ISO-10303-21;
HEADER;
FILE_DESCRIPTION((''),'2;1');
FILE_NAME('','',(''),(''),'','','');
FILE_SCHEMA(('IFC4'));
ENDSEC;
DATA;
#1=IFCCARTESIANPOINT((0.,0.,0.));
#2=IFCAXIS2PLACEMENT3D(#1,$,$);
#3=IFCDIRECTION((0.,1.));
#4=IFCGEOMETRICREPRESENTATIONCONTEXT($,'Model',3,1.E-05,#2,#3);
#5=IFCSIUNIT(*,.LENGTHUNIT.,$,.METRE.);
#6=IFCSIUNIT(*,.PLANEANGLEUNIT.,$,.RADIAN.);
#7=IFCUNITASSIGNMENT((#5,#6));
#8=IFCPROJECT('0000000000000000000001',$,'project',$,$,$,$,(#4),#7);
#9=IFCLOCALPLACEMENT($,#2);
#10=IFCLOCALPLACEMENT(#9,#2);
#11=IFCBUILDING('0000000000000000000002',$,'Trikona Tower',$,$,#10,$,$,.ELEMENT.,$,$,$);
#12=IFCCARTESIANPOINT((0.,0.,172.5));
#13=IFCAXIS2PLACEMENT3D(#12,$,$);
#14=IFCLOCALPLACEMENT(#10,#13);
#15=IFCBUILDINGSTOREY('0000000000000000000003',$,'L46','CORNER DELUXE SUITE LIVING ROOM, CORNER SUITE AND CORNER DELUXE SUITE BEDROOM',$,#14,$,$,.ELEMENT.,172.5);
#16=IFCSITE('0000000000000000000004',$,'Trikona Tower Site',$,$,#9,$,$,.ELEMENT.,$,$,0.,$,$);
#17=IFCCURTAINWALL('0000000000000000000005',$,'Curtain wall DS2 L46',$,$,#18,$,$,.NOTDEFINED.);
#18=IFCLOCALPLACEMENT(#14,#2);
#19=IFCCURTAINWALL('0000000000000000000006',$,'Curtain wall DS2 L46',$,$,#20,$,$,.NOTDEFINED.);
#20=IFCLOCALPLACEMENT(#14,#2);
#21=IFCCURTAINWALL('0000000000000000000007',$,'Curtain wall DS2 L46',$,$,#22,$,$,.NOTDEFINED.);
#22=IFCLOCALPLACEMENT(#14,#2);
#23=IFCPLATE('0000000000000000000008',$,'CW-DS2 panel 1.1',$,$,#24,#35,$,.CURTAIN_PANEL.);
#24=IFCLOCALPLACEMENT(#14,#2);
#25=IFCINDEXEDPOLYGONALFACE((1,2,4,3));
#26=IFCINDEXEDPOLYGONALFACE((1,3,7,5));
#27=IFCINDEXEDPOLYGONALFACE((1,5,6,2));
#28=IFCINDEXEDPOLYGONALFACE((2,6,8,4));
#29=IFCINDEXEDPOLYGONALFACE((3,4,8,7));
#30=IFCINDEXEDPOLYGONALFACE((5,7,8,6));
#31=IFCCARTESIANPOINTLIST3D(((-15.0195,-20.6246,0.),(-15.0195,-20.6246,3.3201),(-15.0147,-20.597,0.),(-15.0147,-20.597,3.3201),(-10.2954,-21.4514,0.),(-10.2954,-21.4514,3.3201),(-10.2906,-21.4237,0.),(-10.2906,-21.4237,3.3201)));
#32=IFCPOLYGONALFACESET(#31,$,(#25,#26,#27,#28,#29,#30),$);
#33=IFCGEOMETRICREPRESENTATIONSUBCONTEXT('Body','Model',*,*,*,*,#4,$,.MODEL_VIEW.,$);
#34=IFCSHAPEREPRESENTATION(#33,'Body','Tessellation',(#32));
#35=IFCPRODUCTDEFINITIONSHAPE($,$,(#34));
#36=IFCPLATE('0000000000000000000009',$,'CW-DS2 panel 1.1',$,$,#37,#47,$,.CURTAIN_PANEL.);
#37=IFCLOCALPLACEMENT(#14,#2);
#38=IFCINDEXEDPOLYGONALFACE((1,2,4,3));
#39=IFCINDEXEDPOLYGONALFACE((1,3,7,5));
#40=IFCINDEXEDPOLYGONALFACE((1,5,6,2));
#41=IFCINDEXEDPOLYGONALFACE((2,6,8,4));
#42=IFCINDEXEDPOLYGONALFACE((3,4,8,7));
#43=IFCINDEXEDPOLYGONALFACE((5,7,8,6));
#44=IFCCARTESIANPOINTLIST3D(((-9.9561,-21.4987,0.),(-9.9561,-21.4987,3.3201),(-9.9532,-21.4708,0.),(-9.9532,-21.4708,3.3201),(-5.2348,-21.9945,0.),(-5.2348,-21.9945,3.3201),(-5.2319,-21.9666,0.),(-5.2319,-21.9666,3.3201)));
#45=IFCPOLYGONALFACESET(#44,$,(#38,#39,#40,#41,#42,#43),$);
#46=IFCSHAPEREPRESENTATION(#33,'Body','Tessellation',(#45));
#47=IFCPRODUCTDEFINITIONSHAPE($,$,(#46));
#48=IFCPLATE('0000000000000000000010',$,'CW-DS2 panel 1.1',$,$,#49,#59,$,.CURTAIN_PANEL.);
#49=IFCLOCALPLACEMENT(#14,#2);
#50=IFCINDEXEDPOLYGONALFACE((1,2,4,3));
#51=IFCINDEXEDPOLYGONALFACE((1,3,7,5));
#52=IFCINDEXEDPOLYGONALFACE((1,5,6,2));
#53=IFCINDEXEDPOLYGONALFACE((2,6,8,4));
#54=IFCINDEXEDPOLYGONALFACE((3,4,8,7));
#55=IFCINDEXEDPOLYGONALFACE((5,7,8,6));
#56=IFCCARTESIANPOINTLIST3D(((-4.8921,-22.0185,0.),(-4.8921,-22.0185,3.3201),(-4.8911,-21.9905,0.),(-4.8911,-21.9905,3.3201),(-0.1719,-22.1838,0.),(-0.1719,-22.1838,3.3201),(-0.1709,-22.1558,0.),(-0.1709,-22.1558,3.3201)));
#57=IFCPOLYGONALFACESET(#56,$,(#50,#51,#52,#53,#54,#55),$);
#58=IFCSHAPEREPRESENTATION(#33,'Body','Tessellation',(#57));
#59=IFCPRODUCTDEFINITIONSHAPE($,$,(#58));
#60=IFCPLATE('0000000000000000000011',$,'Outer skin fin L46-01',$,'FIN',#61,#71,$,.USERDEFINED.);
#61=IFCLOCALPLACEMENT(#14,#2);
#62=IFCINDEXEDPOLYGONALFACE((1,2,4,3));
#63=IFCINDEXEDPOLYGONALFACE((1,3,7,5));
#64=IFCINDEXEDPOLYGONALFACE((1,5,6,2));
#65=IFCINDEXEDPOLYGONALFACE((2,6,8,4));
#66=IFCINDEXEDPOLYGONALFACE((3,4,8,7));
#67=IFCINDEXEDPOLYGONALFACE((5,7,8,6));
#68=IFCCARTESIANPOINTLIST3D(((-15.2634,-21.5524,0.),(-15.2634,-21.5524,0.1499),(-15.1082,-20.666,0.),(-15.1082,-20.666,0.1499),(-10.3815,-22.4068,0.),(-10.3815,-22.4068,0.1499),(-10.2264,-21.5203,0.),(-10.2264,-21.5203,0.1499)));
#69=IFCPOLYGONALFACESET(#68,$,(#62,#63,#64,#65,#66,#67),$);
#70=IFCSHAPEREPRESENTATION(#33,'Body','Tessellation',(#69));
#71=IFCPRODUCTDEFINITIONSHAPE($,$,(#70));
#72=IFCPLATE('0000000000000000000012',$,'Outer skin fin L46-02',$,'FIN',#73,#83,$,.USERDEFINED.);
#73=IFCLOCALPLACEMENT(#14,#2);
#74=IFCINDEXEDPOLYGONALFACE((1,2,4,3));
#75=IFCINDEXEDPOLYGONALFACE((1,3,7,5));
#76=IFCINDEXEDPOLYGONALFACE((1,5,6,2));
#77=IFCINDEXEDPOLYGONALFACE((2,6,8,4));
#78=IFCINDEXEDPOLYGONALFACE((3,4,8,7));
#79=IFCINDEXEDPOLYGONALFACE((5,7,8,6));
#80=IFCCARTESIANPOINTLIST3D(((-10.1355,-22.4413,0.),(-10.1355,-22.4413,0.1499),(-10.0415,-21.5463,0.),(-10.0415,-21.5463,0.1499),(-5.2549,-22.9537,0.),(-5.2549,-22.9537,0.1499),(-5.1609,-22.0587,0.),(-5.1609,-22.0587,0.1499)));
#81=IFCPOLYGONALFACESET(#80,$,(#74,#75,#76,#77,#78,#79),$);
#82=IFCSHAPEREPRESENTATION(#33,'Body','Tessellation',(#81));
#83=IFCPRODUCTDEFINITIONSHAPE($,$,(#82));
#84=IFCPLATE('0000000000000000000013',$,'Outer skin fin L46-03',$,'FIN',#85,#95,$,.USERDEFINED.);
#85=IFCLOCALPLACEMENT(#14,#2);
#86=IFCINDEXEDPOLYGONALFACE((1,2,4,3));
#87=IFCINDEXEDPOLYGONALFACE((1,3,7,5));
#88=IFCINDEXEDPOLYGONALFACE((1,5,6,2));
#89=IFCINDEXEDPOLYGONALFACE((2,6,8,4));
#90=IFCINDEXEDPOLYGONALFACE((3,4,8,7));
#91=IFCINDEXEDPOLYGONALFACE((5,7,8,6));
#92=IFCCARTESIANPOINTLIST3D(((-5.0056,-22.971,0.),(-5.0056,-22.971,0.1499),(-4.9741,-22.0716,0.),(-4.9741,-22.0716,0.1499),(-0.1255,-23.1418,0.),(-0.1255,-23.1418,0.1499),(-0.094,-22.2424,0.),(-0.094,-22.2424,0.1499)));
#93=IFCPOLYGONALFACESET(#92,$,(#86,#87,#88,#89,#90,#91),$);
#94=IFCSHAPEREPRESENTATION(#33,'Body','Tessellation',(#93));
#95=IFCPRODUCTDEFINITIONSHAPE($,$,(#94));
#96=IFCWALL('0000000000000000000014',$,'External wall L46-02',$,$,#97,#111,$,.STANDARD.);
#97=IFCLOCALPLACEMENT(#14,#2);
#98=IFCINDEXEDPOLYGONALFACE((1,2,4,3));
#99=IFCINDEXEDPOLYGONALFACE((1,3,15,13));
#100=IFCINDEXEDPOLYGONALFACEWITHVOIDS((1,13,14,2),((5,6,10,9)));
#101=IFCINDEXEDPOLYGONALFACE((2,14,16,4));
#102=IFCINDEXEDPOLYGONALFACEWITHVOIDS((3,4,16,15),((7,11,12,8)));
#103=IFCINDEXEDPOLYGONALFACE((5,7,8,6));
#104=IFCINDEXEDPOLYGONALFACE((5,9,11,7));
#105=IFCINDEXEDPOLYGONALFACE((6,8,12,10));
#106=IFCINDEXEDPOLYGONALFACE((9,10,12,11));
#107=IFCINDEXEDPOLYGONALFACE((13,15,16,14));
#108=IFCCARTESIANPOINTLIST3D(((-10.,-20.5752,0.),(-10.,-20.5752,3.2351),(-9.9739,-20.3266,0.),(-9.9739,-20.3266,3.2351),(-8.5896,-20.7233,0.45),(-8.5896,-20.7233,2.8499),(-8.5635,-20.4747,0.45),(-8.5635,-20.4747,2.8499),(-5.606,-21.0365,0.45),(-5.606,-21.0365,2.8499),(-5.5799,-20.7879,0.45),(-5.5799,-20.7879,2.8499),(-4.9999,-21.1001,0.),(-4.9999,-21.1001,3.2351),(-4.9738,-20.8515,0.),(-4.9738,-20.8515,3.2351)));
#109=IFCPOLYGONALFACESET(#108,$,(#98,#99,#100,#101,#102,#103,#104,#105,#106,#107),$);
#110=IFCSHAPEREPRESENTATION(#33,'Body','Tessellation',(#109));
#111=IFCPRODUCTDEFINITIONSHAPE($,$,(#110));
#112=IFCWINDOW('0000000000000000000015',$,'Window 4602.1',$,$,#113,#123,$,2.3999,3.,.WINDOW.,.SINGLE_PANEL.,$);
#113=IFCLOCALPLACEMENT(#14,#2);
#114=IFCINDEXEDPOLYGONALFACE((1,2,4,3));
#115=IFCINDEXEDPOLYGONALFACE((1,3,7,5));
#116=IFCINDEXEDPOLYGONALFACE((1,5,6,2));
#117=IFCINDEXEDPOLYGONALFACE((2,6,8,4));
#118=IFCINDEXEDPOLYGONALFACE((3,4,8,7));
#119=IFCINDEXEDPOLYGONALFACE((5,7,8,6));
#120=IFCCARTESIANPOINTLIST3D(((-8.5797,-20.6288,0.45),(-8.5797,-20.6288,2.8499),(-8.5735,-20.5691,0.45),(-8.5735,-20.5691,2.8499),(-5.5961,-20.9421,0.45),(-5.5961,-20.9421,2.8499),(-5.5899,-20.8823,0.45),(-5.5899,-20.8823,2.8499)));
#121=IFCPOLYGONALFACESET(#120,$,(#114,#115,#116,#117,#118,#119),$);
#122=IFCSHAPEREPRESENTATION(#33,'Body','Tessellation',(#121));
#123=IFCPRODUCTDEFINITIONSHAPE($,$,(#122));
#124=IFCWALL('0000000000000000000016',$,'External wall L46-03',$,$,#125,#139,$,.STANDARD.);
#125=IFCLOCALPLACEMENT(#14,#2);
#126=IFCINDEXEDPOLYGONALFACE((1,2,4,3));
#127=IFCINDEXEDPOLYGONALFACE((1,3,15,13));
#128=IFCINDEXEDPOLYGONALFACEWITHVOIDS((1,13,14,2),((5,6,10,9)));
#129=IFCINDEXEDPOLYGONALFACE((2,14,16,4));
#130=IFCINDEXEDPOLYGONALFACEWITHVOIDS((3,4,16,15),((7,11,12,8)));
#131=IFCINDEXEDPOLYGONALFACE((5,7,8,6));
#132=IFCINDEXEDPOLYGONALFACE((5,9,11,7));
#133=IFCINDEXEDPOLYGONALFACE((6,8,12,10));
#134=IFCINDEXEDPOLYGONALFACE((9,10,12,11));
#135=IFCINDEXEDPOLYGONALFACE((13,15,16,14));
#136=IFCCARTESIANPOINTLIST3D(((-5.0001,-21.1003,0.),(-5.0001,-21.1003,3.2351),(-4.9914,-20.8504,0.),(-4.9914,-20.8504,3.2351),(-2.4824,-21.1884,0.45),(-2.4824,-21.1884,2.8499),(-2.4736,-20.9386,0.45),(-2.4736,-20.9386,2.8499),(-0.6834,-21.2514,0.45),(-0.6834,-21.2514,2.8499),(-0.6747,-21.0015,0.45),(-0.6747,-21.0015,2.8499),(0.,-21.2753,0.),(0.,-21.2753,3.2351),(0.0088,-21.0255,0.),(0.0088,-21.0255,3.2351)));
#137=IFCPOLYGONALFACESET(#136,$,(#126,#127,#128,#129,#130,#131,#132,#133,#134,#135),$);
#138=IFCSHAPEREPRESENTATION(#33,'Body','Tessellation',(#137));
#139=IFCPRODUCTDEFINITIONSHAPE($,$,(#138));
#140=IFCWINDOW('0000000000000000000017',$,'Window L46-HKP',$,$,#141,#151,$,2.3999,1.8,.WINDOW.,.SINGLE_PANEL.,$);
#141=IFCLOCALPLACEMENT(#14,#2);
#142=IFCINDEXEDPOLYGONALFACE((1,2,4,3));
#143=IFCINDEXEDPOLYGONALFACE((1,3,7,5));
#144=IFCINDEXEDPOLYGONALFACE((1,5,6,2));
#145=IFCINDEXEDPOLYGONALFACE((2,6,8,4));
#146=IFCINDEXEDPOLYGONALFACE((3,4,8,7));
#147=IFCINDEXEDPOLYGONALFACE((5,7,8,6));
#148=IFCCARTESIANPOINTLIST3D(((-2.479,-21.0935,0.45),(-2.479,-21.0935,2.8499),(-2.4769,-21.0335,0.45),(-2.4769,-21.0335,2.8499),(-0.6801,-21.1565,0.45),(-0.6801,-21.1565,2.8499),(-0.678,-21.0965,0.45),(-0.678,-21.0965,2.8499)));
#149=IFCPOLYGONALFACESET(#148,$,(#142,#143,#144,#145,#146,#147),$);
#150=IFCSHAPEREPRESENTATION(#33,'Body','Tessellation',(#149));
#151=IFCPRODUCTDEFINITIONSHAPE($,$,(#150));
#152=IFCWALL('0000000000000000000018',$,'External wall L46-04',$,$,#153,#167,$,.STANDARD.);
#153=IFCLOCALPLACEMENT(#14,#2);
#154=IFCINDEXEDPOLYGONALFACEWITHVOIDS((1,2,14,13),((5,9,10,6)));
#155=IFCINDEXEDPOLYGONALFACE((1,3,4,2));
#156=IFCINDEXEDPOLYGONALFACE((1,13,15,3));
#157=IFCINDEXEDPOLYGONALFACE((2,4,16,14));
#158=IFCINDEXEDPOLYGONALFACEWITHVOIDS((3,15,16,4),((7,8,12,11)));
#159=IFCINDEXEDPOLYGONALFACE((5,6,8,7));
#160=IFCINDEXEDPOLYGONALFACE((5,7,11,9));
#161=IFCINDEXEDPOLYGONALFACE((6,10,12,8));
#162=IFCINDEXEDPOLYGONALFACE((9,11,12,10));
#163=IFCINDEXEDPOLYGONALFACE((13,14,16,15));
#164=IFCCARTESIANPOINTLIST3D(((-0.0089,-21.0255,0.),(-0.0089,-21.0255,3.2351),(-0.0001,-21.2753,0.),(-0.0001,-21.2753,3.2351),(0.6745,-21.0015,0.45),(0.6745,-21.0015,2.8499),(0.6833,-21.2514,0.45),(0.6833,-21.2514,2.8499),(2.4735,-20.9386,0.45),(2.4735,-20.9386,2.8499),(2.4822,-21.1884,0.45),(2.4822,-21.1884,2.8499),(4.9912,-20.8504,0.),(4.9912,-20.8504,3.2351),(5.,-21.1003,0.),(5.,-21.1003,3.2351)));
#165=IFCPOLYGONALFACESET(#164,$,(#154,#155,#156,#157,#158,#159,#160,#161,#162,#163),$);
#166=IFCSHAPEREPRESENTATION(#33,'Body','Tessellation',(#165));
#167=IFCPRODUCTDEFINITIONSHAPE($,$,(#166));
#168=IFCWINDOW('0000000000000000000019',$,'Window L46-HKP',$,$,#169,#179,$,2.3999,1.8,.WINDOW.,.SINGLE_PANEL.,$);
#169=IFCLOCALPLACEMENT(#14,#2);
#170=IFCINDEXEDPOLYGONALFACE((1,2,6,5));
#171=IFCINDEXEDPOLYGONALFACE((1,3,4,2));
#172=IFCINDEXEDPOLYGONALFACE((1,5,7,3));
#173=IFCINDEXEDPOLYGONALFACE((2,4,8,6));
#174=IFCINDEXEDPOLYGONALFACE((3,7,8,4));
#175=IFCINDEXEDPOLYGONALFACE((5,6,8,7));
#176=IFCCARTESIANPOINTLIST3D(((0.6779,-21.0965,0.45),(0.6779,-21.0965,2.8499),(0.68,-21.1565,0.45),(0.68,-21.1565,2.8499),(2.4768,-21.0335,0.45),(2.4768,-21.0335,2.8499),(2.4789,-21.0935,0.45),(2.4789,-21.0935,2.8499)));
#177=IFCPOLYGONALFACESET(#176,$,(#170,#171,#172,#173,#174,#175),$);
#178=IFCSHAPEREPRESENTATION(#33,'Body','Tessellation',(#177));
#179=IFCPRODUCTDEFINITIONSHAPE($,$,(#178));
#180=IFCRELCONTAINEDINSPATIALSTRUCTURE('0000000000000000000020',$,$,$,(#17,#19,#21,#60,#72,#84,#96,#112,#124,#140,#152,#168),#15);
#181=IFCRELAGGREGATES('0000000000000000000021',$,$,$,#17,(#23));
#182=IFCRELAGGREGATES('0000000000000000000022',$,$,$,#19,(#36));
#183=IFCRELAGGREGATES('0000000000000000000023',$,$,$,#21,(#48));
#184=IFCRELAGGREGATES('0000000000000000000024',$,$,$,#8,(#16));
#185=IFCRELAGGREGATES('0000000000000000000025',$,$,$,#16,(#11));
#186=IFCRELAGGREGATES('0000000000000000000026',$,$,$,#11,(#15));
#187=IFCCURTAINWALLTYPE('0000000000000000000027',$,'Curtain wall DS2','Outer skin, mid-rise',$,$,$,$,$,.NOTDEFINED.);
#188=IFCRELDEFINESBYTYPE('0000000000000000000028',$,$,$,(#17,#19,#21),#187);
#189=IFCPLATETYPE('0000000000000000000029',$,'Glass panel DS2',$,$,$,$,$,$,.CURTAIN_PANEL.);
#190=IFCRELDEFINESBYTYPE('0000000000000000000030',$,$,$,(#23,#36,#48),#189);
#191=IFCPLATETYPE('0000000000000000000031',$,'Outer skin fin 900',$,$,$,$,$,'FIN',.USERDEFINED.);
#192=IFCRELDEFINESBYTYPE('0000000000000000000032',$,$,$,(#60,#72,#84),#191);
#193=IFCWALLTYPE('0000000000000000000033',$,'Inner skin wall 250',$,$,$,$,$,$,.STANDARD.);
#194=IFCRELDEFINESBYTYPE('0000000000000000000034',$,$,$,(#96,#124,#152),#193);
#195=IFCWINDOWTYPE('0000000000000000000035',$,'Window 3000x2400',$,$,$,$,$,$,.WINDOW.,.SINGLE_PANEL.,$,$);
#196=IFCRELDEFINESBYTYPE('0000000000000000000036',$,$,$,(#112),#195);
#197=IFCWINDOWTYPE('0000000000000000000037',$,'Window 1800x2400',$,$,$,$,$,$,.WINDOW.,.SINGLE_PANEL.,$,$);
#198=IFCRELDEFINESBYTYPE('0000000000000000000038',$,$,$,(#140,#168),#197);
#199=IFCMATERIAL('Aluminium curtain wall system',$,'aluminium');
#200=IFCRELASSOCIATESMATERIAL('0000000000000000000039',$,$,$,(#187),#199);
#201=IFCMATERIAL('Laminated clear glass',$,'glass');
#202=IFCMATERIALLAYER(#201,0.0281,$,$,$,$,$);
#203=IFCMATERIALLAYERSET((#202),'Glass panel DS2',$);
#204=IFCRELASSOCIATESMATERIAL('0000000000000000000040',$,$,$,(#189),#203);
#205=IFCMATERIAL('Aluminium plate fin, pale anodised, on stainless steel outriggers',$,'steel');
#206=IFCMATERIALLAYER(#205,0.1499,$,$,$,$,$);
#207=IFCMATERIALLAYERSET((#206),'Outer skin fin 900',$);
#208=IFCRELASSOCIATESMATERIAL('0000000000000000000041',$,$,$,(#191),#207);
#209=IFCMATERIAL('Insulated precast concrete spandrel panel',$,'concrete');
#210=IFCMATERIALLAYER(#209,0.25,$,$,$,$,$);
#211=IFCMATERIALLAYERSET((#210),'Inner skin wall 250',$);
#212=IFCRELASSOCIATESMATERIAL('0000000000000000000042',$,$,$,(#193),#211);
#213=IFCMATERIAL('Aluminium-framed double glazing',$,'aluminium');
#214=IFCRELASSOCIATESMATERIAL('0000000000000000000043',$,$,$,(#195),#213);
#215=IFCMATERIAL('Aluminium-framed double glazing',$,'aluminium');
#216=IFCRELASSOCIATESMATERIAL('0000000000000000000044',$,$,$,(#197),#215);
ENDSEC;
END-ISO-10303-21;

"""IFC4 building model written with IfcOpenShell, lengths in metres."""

from ifc_helpers import new_model, si_unit, direction, frame, frame_2d, origin, origin_2d, place, context, subcontext, project, spatial, rectangle, extrude, material, layer, layer_set, type_object, element, fill, aggregate, save


model = new_model("IFC4")

# Units and contexts
model_context = context("Model", 3, precision=1e-05, world=origin(), true_north=direction((0.0, 1.0)))
body_context = subcontext(model_context, "Body", "Model", "MODEL_VIEW")
ifc_project = project(units=[si_unit("LENGTHUNIT", "METRE"), si_unit("PLANEANGLEUNIT", "RADIAN")], contexts=[model_context])

# Site, building, storey
site_placement = place(None, origin())
site = spatial("IfcSite", under=ifc_project, at=site_placement, Name="Trikona Tower Site", CompositionType="ELEMENT", RefElevation=0.0)
building_placement = place(site_placement, origin())
building = spatial("IfcBuilding", under=site, at=building_placement, Name="Trikona Tower", CompositionType="ELEMENT")
storey_placement = place(building_placement, frame((0.0, 0.0, 172.5)))
storey = spatial("IfcBuildingStorey", under=building, at=storey_placement, Name="L46", Description="CORNER DELUXE SUITE LIVING ROOM, CORNER SUITE AND CORNER DELUXE SUITE BEDROOM", CompositionType="ELEMENT", Elevation=172.5)

# Curtain wall
ifc_material_1 = material(Name="Aluminium curtain wall system", Category="aluminium")
curtain_wall_type = type_object("IfcCurtainWallType", Name="Curtain wall DS2", Description="Outer skin, mid-rise", PredefinedType="NOTDEFINED", material=ifc_material_1)
curtain_wall_1_placement = place(storey_placement, origin())
curtain_wall_1 = element("IfcCurtainWall", 1, at=curtain_wall_1_placement, inside=storey, type_object=curtain_wall_type, Name="Curtain wall DS2 L46", PredefinedType="NOTDEFINED")

# Curtain walls
curtain_wall_2_placement = place(storey_placement, origin())
curtain_wall_2 = element("IfcCurtainWall", 2, at=curtain_wall_2_placement, inside=storey, type_object=curtain_wall_type, Name="Curtain wall DS2 L46", PredefinedType="NOTDEFINED")
curtain_wall_3_placement = place(storey_placement, origin())
curtain_wall_3 = element("IfcCurtainWall", 3, at=curtain_wall_3_placement, inside=storey, type_object=curtain_wall_type, Name="Curtain wall DS2 L46", PredefinedType="NOTDEFINED")

# Plates
ifc_material_2 = material(Name="Laminated clear glass", Category="glass")
ifc_layer_1 = layer(ifc_material_2, 0.0281)
ifc_layer_set_1 = layer_set([ifc_layer_1], Name="Glass panel DS2")
plate_type_1 = type_object("IfcPlateType", Name="Glass panel DS2", PredefinedType="CURTAIN_PANEL", material=ifc_layer_set_1)
plate_1_placement = place(storey_placement, frame((-12.655, -21.0242, 0.0), z_axis=(0.0, 0.0, 1.0), x_axis=(0.985031, -0.172377, 0.0)))
plate_1 = element("IfcPlate", 4, at=plate_1_placement, type_object=plate_type_1, Name="CW-DS2 panel 1.1", PredefinedType="CURTAIN_PANEL", context=body_context, shape_type="SweptSolid", body=[
    extrude(rectangle(XDim=4.7959, YDim=0.0281, at=origin_2d()), origin(), (0.0, 0.0, 1.0), 3.3201),
])
aggregate(curtain_wall_1, [plate_1])
plate_2_placement = place(storey_placement, frame((-7.594, -21.7327, 0.0), z_axis=(0.0, 0.0, 1.0), x_axis=(0.994532, -0.104433, 0.0)))
plate_2 = element("IfcPlate", 5, at=plate_2_placement, type_object=plate_type_1, Name="CW-DS2 panel 1.1", PredefinedType="CURTAIN_PANEL", context=body_context, shape_type="SweptSolid", body=[
    extrude(rectangle(XDim=4.7473, YDim=0.0281, at=origin_2d()), origin(), (0.0, 0.0, 1.0), 3.3201),
])
aggregate(curtain_wall_2, [plate_2])
plate_3_placement = place(storey_placement, frame((-2.5315, -22.0872, 0.0), z_axis=(0.0, 0.0, 1.0), x_axis=(0.999387, -0.034998, 0.0)))
plate_3 = element("IfcPlate", 6, at=plate_3_placement, type_object=plate_type_1, Name="CW-DS2 panel 1.1", PredefinedType="CURTAIN_PANEL", context=body_context, shape_type="SweptSolid", body=[
    extrude(rectangle(XDim=4.7231, YDim=0.0281, at=origin_2d()), origin(), (0.0, 0.0, 1.0), 3.3201),
])
aggregate(curtain_wall_3, [plate_3])

# Plates
ifc_material_3 = material(Name="Aluminium plate fin, pale anodised, on stainless steel outriggers", Category="steel")
ifc_layer_2 = layer(ifc_material_3, 0.1499)
ifc_layer_set_2 = layer_set([ifc_layer_2], Name="Outer skin fin 900")
plate_type_2 = type_object("IfcPlateType", Name="Outer skin fin 900", ElementType="FIN", PredefinedType="USERDEFINED", material=ifc_layer_set_2)
plate_4_placement = place(storey_placement, frame((-12.7449, -21.5364, 0.0), z_axis=(0.0, 0.0, 1.0), x_axis=(0.985031, -0.17238, 0.0)))
element("IfcPlate", 7, at=plate_4_placement, inside=storey, type_object=plate_type_2, Name="Outer skin fin L46-01", ObjectType="FIN", PredefinedType="USERDEFINED", context=body_context, shape_type="SweptSolid", body=[
    extrude(rectangle(XDim=4.9561, YDim=0.8999, at=origin_2d()), origin(), (0.0, 0.0, 1.0), 0.1499),
])
plate_5_placement = place(storey_placement, frame((-7.6482, -22.25, 0.0), z_axis=(0.0, 0.0, 1.0), x_axis=(0.994533, -0.104426, 0.0)))
element("IfcPlate", 8, at=plate_5_placement, inside=storey, type_object=plate_type_2, Name="Outer skin fin L46-02", ObjectType="FIN", PredefinedType="USERDEFINED", context=body_context, shape_type="SweptSolid", body=[
    extrude(rectangle(XDim=4.9075, YDim=0.8999, at=origin_2d()), origin(), (0.0, 0.0, 1.0), 0.1499),
])
plate_6_placement = place(storey_placement, frame((-2.5498, -22.6067, 0.0), z_axis=(0.0, 0.0, 1.0), x_axis=(0.999388, -0.034978, 0.0)))
element("IfcPlate", 9, at=plate_6_placement, inside=storey, type_object=plate_type_2, Name="Outer skin fin L46-03", ObjectType="FIN", PredefinedType="USERDEFINED", context=body_context, shape_type="SweptSolid", body=[
    extrude(rectangle(XDim=4.8831, YDim=0.8999, at=origin_2d()), origin(), (0.0, 0.0, 1.0), 0.1499),
])

# Walls, openings, windows
ifc_material_4 = material(Name="Insulated precast concrete spandrel panel", Category="concrete")
ifc_layer_3 = layer(ifc_material_4, 0.25)
ifc_layer_set_3 = layer_set([ifc_layer_3], Name="Inner skin wall 250")
wall_type = type_object("IfcWallType", Name="Inner skin wall 250", PredefinedType="STANDARD", material=ifc_layer_set_3)
wall_1_placement = place(storey_placement, frame((-9.9868, -20.4509, 0.0), z_axis=(0.0, 0.0, 1.0), x_axis=(0.994535, -0.104407, 0.0)))
wall_1 = element("IfcWall", 10, at=wall_1_placement, inside=storey, type_object=wall_type, Name="External wall L46-02", PredefinedType="STANDARD", context=body_context, shape_type="SweptSolid", body=[
    extrude(rectangle(XDim=5.0276, YDim=0.25, at=frame_2d((2.5137, 0.0))), origin(), (0.0, 0.0, 1.0), 3.2351),
])
opening_1_placement = place(wall_1_placement, frame((1.418, 0.0, 0.45)))
opening_1 = element("IfcOpeningElement", 11, at=opening_1_placement, cuts=wall_1, PredefinedType="OPENING", context=body_context, shape_type="SweptSolid", body=[
    extrude(rectangle(XDim=3.0, YDim=2.3999, at=frame_2d((1.5, 1.2))), frame((0.0, 0.135, 0.0), z_axis=(0.0, -1.0, 0.0), x_axis=(1.0, 0.0, 0.0)), (0.0, 0.0, 1.0), 0.27),
])
ifc_material_5 = material(Name="Aluminium-framed double glazing", Category="aluminium")
window_type_1 = type_object("IfcWindowType", Name="Window 3000x2400", PartitioningType="SINGLE_PANEL", PredefinedType="WINDOW", material=ifc_material_5)
window_1_placement = place(opening_1_placement, origin())
window_1 = element("IfcWindow", 12, at=window_1_placement, inside=storey, type_object=window_type_1, Name="Window 4602.1", OverallHeight=2.3999, OverallWidth=3.0, PartitioningType="SINGLE_PANEL", PredefinedType="WINDOW", context=body_context, shape_type="SweptSolid", body=[
    extrude(rectangle(XDim=3.0, YDim=2.3999, at=frame_2d((1.5, 1.2))), frame((0.0, 0.03, 0.0), z_axis=(0.0, -1.0, 0.0), x_axis=(1.0, 0.0, 0.0)), (0.0, 0.0, 1.0), 0.0601),
])
fill(opening_1, window_1)
wall_2_placement = place(storey_placement, frame((-4.9956, -20.9753, 0.0), z_axis=(0.0, 0.0, 1.0), x_axis=(0.999388, -0.034988, 0.0)))
wall_2 = element("IfcWall", 13, at=wall_2_placement, inside=storey, type_object=wall_type, Name="External wall L46-03", PredefinedType="STANDARD", context=body_context, shape_type="SweptSolid", body=[
    extrude(rectangle(XDim=5.0032, YDim=0.25, at=frame_2d((2.5015, 0.0))), origin(), (0.0, 0.0, 1.0), 3.2351),
])
opening_2_placement = place(wall_2_placement, frame((2.5193, 0.0, 0.45)))
opening_2 = element("IfcOpeningElement", 14, at=opening_2_placement, cuts=wall_2, PredefinedType="OPENING", context=body_context, shape_type="SweptSolid", body=[
    extrude(rectangle(XDim=1.8, YDim=2.3999, at=frame_2d((0.8999, 1.2))), frame((0.0, 0.135, 0.0), z_axis=(0.0, -1.0, 0.0), x_axis=(1.0, 0.0, 0.0)), (0.0, 0.0, 1.0), 0.27),
])
ifc_material_6 = material(Name="Aluminium-framed double glazing", Category="aluminium")
window_type_2 = type_object("IfcWindowType", Name="Window 1800x2400", PartitioningType="SINGLE_PANEL", PredefinedType="WINDOW", material=ifc_material_6)
window_2_placement = place(opening_2_placement, origin())
window_2 = element("IfcWindow", 15, at=window_2_placement, inside=storey, type_object=window_type_2, Name="Window L46-HKP", OverallHeight=2.3999, OverallWidth=1.8, PartitioningType="SINGLE_PANEL", PredefinedType="WINDOW", context=body_context, shape_type="SweptSolid", body=[
    extrude(rectangle(XDim=1.8, YDim=2.3999, at=frame_2d((0.8999, 1.2))), frame((0.0, 0.03, 0.0), z_axis=(0.0, -1.0, 0.0), x_axis=(1.0, 0.0, 0.0)), (0.0, 0.0, 1.0), 0.0601),
])
fill(opening_2, window_2)
wall_3_placement = place(storey_placement, frame((-0.0044, -21.1504, 0.0), z_axis=(0.0, 0.0, 1.0), x_axis=(0.999388, 0.034988, 0.0)))
wall_3 = element("IfcWall", 16, at=wall_3_placement, inside=storey, type_object=wall_type, Name="External wall L46-04", PredefinedType="STANDARD", context=body_context, shape_type="SweptSolid", body=[
    extrude(rectangle(XDim=5.0032, YDim=0.25, at=frame_2d((2.5015, 0.0))), origin(), (0.0, 0.0, 1.0), 3.2351),
])
opening_3_placement = place(wall_3_placement, frame((0.6838, 0.0, 0.45)))
opening_3 = element("IfcOpeningElement", 17, at=opening_3_placement, cuts=wall_3, PredefinedType="OPENING", context=body_context, shape_type="SweptSolid", body=[
    extrude(rectangle(XDim=1.8, YDim=2.3999, at=frame_2d((0.8999, 1.2))), frame((0.0, 0.135, 0.0), z_axis=(0.0, -1.0, 0.0), x_axis=(1.0, 0.0, 0.0)), (0.0, 0.0, 1.0), 0.27),
])
window_3_placement = place(opening_3_placement, origin())
window_3 = element("IfcWindow", 18, at=window_3_placement, inside=storey, type_object=window_type_2, Name="Window L46-HKP", OverallHeight=2.3999, OverallWidth=1.8, PartitioningType="SINGLE_PANEL", PredefinedType="WINDOW", context=body_context, shape_type="SweptSolid", body=[
    extrude(rectangle(XDim=1.8, YDim=2.3999, at=frame_2d((0.8999, 1.2))), frame((0.0, 0.03, 0.0), z_axis=(0.0, -1.0, 0.0), x_axis=(1.0, 0.0, 0.0)), (0.0, 0.0, 1.0), 0.0601),
])
fill(opening_3, window_3)

save(model, "model.ifc")
